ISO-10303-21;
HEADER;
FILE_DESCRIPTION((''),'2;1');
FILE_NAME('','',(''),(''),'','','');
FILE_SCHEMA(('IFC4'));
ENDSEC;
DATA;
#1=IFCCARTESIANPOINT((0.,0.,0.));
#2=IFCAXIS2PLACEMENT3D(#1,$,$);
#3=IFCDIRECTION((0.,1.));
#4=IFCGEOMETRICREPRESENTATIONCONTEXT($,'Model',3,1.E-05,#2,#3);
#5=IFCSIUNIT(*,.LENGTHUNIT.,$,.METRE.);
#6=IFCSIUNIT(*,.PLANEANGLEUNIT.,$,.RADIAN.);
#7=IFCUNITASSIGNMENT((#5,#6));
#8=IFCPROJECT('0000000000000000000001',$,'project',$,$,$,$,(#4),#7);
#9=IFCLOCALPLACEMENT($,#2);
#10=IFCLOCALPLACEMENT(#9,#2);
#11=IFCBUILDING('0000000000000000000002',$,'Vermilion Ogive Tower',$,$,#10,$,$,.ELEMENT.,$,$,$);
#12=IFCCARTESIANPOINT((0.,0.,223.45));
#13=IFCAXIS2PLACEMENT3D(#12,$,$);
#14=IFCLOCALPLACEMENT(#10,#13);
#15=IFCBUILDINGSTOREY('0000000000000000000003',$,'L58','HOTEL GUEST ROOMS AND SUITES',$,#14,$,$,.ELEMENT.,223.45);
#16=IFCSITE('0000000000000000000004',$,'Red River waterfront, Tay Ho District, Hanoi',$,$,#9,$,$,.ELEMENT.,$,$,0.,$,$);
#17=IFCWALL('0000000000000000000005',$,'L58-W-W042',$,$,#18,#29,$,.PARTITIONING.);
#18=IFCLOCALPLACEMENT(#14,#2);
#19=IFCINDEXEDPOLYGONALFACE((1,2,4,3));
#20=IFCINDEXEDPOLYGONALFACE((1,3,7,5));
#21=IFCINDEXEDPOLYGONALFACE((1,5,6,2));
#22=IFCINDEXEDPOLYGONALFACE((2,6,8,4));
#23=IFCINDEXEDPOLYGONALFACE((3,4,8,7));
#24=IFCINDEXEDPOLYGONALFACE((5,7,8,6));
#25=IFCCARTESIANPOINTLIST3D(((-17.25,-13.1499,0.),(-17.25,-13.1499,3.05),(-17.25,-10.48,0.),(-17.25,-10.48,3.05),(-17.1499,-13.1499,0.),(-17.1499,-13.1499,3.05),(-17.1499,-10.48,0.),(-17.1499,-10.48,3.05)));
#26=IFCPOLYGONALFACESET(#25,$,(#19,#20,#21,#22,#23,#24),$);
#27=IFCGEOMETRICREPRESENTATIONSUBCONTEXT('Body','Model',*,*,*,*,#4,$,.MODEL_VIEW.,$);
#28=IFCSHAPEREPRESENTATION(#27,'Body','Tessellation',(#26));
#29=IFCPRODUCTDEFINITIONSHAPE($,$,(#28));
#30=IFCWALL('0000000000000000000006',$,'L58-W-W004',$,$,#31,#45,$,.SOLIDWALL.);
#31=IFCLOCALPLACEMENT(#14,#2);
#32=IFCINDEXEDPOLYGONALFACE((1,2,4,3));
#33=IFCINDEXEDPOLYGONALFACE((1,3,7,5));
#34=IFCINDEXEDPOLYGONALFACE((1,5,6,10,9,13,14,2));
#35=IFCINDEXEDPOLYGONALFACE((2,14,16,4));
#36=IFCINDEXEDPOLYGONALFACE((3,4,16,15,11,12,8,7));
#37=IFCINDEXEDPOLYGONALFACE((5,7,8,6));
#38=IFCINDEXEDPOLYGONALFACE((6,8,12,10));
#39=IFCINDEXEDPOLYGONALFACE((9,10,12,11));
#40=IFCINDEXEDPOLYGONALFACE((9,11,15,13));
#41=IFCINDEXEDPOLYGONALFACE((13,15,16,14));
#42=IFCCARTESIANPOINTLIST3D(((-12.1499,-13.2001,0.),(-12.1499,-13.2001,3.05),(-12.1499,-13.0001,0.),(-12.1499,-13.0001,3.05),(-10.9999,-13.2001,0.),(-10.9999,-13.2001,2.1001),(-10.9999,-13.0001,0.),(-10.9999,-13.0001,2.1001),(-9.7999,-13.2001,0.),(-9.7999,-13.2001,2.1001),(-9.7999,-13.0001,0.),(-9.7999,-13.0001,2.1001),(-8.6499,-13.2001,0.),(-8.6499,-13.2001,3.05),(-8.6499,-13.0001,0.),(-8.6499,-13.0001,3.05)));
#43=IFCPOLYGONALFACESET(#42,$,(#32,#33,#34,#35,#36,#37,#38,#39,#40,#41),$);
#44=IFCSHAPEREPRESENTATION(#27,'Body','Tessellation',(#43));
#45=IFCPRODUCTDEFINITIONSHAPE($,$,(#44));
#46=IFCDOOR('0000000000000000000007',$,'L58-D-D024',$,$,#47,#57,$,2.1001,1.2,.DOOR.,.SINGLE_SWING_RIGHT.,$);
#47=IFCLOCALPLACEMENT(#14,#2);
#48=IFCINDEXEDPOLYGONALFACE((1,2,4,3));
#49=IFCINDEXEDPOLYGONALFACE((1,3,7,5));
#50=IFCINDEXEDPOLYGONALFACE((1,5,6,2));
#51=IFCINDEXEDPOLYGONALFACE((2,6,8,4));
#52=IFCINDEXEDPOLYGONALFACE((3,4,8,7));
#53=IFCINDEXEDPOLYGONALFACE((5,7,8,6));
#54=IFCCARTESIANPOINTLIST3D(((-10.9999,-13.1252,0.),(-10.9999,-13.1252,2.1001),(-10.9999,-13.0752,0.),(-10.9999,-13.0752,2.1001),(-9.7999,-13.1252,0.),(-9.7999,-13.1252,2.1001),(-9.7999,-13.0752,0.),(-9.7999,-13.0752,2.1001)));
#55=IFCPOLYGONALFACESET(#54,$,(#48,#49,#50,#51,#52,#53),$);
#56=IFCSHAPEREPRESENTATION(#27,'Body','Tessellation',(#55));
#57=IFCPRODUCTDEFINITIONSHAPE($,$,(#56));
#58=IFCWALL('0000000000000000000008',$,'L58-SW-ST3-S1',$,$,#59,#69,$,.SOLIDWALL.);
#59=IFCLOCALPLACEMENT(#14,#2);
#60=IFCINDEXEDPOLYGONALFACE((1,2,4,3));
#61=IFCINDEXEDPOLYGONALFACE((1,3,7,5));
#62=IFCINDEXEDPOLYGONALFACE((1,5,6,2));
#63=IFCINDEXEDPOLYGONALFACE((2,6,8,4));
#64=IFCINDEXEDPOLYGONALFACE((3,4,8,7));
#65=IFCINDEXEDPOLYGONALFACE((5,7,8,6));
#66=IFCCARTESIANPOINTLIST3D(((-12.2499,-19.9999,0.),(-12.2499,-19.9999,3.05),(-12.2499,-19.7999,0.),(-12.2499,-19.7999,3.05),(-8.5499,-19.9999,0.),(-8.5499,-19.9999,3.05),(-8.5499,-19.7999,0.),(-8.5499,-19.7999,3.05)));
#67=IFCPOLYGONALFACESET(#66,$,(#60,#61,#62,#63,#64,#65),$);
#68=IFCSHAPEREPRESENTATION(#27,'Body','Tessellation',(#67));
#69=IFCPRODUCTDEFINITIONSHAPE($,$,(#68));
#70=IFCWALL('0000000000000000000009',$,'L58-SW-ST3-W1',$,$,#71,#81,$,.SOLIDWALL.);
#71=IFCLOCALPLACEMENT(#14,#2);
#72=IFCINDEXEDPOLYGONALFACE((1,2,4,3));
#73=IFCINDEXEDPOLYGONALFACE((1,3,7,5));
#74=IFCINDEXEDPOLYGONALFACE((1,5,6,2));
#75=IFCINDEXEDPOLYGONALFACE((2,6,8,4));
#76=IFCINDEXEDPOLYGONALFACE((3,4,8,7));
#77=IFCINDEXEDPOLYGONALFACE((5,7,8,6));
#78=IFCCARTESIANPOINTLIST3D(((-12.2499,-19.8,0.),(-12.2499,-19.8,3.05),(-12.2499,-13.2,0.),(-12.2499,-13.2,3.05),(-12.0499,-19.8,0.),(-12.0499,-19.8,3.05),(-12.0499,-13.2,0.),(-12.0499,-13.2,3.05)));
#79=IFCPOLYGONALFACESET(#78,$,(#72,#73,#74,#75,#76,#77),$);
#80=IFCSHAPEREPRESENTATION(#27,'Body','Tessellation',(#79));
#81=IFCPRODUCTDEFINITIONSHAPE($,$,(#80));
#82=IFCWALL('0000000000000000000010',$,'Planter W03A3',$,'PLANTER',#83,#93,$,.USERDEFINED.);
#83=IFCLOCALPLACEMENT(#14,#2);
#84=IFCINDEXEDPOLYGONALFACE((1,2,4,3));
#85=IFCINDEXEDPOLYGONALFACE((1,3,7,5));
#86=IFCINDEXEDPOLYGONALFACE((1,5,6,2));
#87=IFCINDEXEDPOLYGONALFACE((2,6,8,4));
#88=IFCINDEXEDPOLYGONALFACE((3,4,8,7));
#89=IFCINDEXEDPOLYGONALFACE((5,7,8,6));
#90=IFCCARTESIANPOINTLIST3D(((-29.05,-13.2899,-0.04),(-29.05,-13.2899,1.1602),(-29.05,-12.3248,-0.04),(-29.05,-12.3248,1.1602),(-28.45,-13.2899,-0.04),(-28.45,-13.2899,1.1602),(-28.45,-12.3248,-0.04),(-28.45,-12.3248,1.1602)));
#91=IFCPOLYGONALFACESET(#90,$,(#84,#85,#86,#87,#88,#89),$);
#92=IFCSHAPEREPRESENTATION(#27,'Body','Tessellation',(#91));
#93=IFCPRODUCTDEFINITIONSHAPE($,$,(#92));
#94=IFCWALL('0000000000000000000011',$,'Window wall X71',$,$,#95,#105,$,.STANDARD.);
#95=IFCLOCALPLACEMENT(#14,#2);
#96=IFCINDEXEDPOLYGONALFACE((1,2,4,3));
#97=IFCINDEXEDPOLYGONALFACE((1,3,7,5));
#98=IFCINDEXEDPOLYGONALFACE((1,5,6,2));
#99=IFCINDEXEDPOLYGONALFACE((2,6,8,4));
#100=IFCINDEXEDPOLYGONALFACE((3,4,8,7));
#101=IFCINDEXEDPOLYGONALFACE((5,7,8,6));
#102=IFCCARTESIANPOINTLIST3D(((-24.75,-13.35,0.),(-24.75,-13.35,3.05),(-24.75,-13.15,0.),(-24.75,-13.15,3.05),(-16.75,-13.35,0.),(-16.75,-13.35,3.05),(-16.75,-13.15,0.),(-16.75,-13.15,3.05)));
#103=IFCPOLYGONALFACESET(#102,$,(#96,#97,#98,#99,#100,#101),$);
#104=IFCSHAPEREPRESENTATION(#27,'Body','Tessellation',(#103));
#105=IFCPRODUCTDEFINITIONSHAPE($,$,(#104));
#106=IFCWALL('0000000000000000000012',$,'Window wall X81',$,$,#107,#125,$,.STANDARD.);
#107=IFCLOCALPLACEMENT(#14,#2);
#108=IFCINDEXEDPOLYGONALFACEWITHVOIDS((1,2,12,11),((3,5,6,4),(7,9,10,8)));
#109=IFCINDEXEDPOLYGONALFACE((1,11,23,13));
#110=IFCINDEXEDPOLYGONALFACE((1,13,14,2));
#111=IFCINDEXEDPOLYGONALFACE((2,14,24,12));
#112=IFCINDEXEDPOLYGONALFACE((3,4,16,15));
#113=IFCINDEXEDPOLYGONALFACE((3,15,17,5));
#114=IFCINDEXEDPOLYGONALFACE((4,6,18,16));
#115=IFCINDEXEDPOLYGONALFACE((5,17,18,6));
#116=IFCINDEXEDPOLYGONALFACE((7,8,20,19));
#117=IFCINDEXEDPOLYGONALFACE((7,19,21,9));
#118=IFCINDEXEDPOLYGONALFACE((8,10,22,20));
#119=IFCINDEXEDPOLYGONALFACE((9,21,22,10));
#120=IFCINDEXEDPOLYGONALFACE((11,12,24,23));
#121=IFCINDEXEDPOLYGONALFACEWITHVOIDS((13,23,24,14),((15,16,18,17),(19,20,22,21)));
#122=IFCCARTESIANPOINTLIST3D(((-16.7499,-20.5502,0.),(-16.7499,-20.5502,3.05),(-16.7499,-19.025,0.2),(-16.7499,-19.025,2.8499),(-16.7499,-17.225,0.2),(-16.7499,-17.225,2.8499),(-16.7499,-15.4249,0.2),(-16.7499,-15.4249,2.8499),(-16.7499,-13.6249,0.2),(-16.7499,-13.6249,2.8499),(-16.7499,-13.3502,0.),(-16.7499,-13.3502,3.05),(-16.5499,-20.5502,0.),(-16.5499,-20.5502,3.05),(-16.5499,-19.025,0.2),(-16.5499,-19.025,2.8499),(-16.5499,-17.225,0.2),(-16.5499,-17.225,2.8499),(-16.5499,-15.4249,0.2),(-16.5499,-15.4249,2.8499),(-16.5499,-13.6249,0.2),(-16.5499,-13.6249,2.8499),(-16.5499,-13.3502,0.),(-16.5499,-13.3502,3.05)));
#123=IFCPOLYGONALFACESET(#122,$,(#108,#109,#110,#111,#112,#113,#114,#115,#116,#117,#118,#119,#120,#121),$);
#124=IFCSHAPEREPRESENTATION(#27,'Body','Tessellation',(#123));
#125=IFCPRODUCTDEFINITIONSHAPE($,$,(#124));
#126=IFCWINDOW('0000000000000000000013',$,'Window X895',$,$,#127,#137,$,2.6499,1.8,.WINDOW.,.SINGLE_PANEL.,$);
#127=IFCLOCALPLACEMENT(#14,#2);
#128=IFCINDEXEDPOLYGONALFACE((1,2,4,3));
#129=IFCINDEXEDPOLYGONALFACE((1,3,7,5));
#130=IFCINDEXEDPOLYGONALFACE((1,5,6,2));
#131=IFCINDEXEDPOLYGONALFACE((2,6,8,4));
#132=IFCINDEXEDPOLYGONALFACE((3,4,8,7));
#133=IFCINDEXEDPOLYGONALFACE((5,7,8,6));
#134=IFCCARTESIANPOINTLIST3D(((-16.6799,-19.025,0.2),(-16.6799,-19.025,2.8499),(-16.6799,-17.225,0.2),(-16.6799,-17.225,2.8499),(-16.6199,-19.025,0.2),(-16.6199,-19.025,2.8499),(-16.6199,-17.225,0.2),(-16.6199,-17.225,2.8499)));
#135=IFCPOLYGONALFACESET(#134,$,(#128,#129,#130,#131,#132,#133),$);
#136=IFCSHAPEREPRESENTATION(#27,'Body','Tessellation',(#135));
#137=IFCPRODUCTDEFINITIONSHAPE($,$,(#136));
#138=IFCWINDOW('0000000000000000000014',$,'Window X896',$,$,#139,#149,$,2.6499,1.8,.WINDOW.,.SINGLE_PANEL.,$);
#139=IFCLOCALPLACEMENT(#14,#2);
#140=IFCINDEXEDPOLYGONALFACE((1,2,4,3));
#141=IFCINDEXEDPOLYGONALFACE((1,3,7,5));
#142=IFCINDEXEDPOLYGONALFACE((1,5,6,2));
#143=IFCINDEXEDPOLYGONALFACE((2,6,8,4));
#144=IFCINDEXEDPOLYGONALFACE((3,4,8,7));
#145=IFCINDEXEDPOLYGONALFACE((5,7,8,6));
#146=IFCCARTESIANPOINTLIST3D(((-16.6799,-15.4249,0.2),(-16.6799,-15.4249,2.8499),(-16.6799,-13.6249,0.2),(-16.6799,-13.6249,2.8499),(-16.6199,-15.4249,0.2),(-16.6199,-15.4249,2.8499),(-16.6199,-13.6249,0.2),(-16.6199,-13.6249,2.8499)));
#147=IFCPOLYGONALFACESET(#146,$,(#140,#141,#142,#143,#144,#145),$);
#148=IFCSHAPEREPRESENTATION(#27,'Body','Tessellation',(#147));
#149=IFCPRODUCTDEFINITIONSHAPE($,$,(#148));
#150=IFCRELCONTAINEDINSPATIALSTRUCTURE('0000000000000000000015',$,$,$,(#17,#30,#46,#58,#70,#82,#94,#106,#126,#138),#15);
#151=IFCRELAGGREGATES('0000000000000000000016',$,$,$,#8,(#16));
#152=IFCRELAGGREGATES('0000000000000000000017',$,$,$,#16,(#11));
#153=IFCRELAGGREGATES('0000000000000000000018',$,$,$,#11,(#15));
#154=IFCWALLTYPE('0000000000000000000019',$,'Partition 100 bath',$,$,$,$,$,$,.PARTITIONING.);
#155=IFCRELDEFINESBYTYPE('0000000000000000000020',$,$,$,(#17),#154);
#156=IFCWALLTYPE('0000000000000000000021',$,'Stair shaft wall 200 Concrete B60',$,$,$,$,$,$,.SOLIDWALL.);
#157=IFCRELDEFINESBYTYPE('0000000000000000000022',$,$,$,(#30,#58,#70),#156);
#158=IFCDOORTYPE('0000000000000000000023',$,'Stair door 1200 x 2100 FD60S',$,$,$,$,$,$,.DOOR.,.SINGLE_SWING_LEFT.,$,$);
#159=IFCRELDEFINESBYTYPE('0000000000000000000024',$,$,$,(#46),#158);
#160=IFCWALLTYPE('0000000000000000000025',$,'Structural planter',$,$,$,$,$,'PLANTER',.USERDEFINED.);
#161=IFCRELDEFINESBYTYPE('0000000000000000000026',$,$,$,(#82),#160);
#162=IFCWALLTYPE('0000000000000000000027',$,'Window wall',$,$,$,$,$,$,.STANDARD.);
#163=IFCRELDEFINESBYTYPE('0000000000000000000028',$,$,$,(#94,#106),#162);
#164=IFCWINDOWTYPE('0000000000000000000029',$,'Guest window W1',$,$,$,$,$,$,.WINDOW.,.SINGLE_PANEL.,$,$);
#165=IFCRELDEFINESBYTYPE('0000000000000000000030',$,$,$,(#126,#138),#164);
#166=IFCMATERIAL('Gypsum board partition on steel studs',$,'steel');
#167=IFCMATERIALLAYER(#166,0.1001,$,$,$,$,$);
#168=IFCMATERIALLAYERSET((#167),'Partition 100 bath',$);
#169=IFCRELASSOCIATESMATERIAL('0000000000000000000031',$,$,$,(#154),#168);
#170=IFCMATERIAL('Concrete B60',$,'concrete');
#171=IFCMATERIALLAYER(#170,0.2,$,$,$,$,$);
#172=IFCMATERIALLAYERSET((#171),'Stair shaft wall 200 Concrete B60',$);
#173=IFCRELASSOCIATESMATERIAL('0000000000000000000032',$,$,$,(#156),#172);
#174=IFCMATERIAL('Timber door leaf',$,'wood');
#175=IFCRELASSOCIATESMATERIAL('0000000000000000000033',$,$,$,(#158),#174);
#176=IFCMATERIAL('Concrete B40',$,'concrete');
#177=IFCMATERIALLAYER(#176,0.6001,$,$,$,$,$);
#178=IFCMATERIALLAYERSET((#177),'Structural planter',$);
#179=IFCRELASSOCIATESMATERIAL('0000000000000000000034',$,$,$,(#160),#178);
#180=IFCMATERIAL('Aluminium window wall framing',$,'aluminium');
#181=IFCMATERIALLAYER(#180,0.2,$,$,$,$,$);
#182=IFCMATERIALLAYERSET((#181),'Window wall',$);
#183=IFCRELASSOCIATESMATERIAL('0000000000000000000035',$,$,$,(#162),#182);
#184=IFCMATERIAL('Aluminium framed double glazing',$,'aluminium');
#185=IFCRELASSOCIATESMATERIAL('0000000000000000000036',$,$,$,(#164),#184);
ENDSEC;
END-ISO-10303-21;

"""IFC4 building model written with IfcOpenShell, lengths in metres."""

from ifc_helpers import new_model, si_unit, direction, frame, frame_2d, origin, place, context, subcontext, project, spatial, rectangle, extrude, material, layer, layer_set, type_object, element, fill, save


model = new_model("IFC4")

# Units and contexts
model_context = context("Model", 3, precision=1e-05, world=origin(), true_north=direction((0.0, 1.0)))
body_context = subcontext(model_context, "Body", "Model", "MODEL_VIEW")
ifc_project = project(units=[si_unit("LENGTHUNIT", "METRE"), si_unit("PLANEANGLEUNIT", "RADIAN")], contexts=[model_context])

# Site, building, storey
site_placement = place(None, origin())
site = spatial("IfcSite", under=ifc_project, at=site_placement, Name="Red River waterfront, Tay Ho District, Hanoi", CompositionType="ELEMENT", RefElevation=0.0)
building_placement = place(site_placement, origin())
building = spatial("IfcBuilding", under=site, at=building_placement, Name="Vermilion Ogive Tower", CompositionType="ELEMENT")
storey_placement = place(building_placement, frame((0.0, 0.0, 223.45)))
storey = spatial("IfcBuildingStorey", under=building, at=storey_placement, Name="L58", Description="HOTEL GUEST ROOMS AND SUITES", CompositionType="ELEMENT", Elevation=223.45)

# Wall
ifc_material_1 = material(Name="Gypsum board partition on steel studs", Category="steel")
ifc_layer_1 = layer(ifc_material_1, 0.1001)
ifc_layer_set_1 = layer_set([ifc_layer_1], Name="Partition 100 bath")
wall_type_1 = type_object("IfcWallType", Name="Partition 100 bath", PredefinedType="PARTITIONING", material=ifc_layer_set_1)
wall_1_placement = place(storey_placement, frame((-17.2, -13.1499, 0.0), z_axis=(0.0, 0.0, 1.0), x_axis=(0.0, 1.0, 0.0)))
element("IfcWall", 1, at=wall_1_placement, inside=storey, type_object=wall_type_1, Name="L58-W-W042", PredefinedType="PARTITIONING", context=body_context, shape_type="SweptSolid", body=[
    extrude(rectangle(XDim=2.6699, YDim=0.1001, at=frame_2d((1.335, 0.0))), origin(), (0.0, 0.0, 1.0), 3.05),
])

# Wall, opening, door
ifc_material_2 = material(Name="Concrete B60", Category="concrete")
ifc_layer_2 = layer(ifc_material_2, 0.2)
ifc_layer_set_2 = layer_set([ifc_layer_2], Name="Stair shaft wall 200 Concrete B60")
wall_type_2 = type_object("IfcWallType", Name="Stair shaft wall 200 Concrete B60", PredefinedType="SOLIDWALL", material=ifc_layer_set_2)
wall_2_placement = place(storey_placement, frame((-12.1499, -13.1001, 0.0), z_axis=(0.0, 0.0, 1.0), x_axis=(1.0, 0.0, 0.0)))
wall_2 = element("IfcWall", 2, at=wall_2_placement, inside=storey, type_object=wall_type_2, Name="L58-W-W004", PredefinedType="SOLIDWALL", context=body_context, shape_type="SweptSolid", body=[
    extrude(rectangle(XDim=3.5, YDim=0.2, at=frame_2d((1.75, 0.0))), origin(), (0.0, 0.0, 1.0), 3.05),
])
opening_1_placement = place(wall_2_placement, frame((1.1499, 0.0, 0.0)))
opening_1 = element("IfcOpeningElement", 3, at=opening_1_placement, cuts=wall_2, PredefinedType="OPENING", context=body_context, shape_type="SweptSolid", body=[
    extrude(rectangle(XDim=1.2, YDim=2.1001, at=frame_2d((0.6001, 1.05))), frame((0.0, 0.1099, 0.0), z_axis=(0.0, -1.0, 0.0), x_axis=(1.0, 0.0, 0.0)), (0.0, 0.0, 1.0), 0.22),
])
ifc_material_3 = material(Name="Timber door leaf", Category="wood")
door_type = type_object("IfcDoorType", Name="Stair door 1200 x 2100 FD60S", OperationType="SINGLE_SWING_LEFT", PredefinedType="DOOR", material=ifc_material_3)
door_placement = place(opening_1_placement, origin())
door = element("IfcDoor", 4, at=door_placement, inside=storey, type_object=door_type, Name="L58-D-D024", OperationType="SINGLE_SWING_RIGHT", OverallHeight=2.1001, OverallWidth=1.2, PredefinedType="DOOR", context=body_context, shape_type="SweptSolid", body=[
    extrude(rectangle(XDim=1.2, YDim=2.1001, at=frame_2d((0.6001, 1.05))), frame((0.0, 0.0249, 0.0), z_axis=(0.0, -1.0, 0.0), x_axis=(1.0, 0.0, 0.0)), (0.0, 0.0, 1.0), 0.05),
])
fill(opening_1, door)

# Walls
wall_3_placement = place(storey_placement, frame((-12.25, -19.8999, 0.0), z_axis=(0.0, 0.0, 1.0), x_axis=(1.0, 0.0, 0.0)))
element("IfcWall", 5, at=wall_3_placement, inside=storey, type_object=wall_type_2, Name="L58-SW-ST3-S1", PredefinedType="SOLIDWALL", context=body_context, shape_type="SweptSolid", body=[
    extrude(rectangle(XDim=3.7, YDim=0.2, at=frame_2d((1.8501, 0.0))), origin(), (0.0, 0.0, 1.0), 3.05),
])
wall_4_placement = place(storey_placement, frame((-12.1499, -19.8, 0.0), z_axis=(0.0, 0.0, 1.0), x_axis=(0.0, 1.0, 0.0)))
element("IfcWall", 6, at=wall_4_placement, inside=storey, type_object=wall_type_2, Name="L58-SW-ST3-W1", PredefinedType="SOLIDWALL", context=body_context, shape_type="SweptSolid", body=[
    extrude(rectangle(XDim=6.6001, YDim=0.2, at=frame_2d((3.3, 0.0))), origin(), (0.0, 0.0, 1.0), 3.05),
])
ifc_material_4 = material(Name="Concrete B40", Category="concrete")
ifc_layer_3 = layer(ifc_material_4, 0.6001)
ifc_layer_set_3 = layer_set([ifc_layer_3], Name="Structural planter")
wall_type_3 = type_object("IfcWallType", Name="Structural planter", ElementType="PLANTER", PredefinedType="USERDEFINED", material=ifc_layer_set_3)
wall_5_placement = place(storey_placement, frame((-28.75, -12.325, -0.04), z_axis=(0.0, 0.0, 1.0), x_axis=(0.0, -1.0, 0.0)))
element("IfcWall", 7, at=wall_5_placement, inside=storey, type_object=wall_type_3, Name="Planter W03A3", ObjectType="PLANTER", PredefinedType="USERDEFINED", context=body_context, shape_type="SweptSolid", body=[
    extrude(rectangle(XDim=0.9651, YDim=0.6001, at=frame_2d((0.4824, 0.0))), origin(), (0.0, 0.0, 1.0), 1.2002),
])
ifc_material_5 = material(Name="Aluminium window wall framing", Category="aluminium")
ifc_layer_4 = layer(ifc_material_5, 0.2)
ifc_layer_set_4 = layer_set([ifc_layer_4], Name="Window wall")
wall_type_4 = type_object("IfcWallType", Name="Window wall", PredefinedType="STANDARD", material=ifc_layer_set_4)
wall_6_placement = place(storey_placement, frame((-24.75, -13.25, 0.0), z_axis=(0.0, 0.0, 1.0), x_axis=(1.0, 0.0, 0.0)))
element("IfcWall", 8, at=wall_6_placement, inside=storey, type_object=wall_type_4, Name="Window wall X71", PredefinedType="STANDARD", context=body_context, shape_type="SweptSolid", body=[
    extrude(rectangle(XDim=8.0, YDim=0.2, at=frame_2d((4.0, 0.0))), origin(), (0.0, 0.0, 1.0), 3.05),
])

# Wall, openings, windows
wall_7_placement = place(storey_placement, frame((-16.6499, -13.3501, 0.0), z_axis=(0.0, 0.0, 1.0), x_axis=(0.0, -1.0, 0.0)))
wall_7 = element("IfcWall", 9, at=wall_7_placement, inside=storey, type_object=wall_type_4, Name="Window wall X81", PredefinedType="STANDARD", context=body_context, shape_type="SweptSolid", body=[
    extrude(rectangle(XDim=7.2, YDim=0.2, at=frame_2d((3.6001, 0.0))), origin(), (0.0, 0.0, 1.0), 3.05),
])
opening_2_placement = place(wall_7_placement, frame((3.875, 0.0, 0.2)))
opening_2 = element("IfcOpeningElement", 10, at=opening_2_placement, cuts=wall_7, PredefinedType="OPENING", context=body_context, shape_type="SweptSolid", body=[
    extrude(rectangle(XDim=1.8, YDim=2.6499, at=frame_2d((0.8999, 1.325))), frame((0.0, 0.1099, 0.0), z_axis=(0.0, -1.0, 0.0), x_axis=(1.0, 0.0, 0.0)), (0.0, 0.0, 1.0), 0.22),
])
opening_3_placement = place(wall_7_placement, frame((0.2749, 0.0, 0.2)))
opening_3 = element("IfcOpeningElement", 11, at=opening_3_placement, cuts=wall_7, PredefinedType="OPENING", context=body_context, shape_type="SweptSolid", body=[
    extrude(rectangle(XDim=1.8, YDim=2.6499, at=frame_2d((0.8999, 1.325))), frame((0.0, 0.1099, 0.0), z_axis=(0.0, -1.0, 0.0), x_axis=(1.0, 0.0, 0.0)), (0.0, 0.0, 1.0), 0.22),
])
ifc_material_6 = material(Name="Aluminium framed double glazing", Category="aluminium")
window_type = type_object("IfcWindowType", Name="Guest window W1", PartitioningType="SINGLE_PANEL", PredefinedType="WINDOW", material=ifc_material_6)
window_1_placement = place(opening_2_placement, origin())
window_1 = element("IfcWindow", 12, at=window_1_placement, inside=storey, type_object=window_type, Name="Window X895", OverallHeight=2.6499, OverallWidth=1.8, PartitioningType="SINGLE_PANEL", PredefinedType="WINDOW", context=body_context, shape_type="SweptSolid", body=[
    extrude(rectangle(XDim=1.8, YDim=2.6499, at=frame_2d((0.8999, 1.325))), frame((0.0, 0.03, 0.0), z_axis=(0.0, -1.0, 0.0), x_axis=(1.0, 0.0, 0.0)), (0.0, 0.0, 1.0), 0.0601),
])
fill(opening_2, window_1)
window_2_placement = place(opening_3_placement, origin())
window_2 = element("IfcWindow", 13, at=window_2_placement, inside=storey, type_object=window_type, Name="Window X896", OverallHeight=2.6499, OverallWidth=1.8, PartitioningType="SINGLE_PANEL", PredefinedType="WINDOW", context=body_context, shape_type="SweptSolid", body=[
    extrude(rectangle(XDim=1.8, YDim=2.6499, at=frame_2d((0.8999, 1.325))), frame((0.0, 0.03, 0.0), z_axis=(0.0, -1.0, 0.0), x_axis=(1.0, 0.0, 0.0)), (0.0, 0.0, 1.0), 0.0601),
])
fill(opening_3, window_2)

save(model, "model.ifc")
